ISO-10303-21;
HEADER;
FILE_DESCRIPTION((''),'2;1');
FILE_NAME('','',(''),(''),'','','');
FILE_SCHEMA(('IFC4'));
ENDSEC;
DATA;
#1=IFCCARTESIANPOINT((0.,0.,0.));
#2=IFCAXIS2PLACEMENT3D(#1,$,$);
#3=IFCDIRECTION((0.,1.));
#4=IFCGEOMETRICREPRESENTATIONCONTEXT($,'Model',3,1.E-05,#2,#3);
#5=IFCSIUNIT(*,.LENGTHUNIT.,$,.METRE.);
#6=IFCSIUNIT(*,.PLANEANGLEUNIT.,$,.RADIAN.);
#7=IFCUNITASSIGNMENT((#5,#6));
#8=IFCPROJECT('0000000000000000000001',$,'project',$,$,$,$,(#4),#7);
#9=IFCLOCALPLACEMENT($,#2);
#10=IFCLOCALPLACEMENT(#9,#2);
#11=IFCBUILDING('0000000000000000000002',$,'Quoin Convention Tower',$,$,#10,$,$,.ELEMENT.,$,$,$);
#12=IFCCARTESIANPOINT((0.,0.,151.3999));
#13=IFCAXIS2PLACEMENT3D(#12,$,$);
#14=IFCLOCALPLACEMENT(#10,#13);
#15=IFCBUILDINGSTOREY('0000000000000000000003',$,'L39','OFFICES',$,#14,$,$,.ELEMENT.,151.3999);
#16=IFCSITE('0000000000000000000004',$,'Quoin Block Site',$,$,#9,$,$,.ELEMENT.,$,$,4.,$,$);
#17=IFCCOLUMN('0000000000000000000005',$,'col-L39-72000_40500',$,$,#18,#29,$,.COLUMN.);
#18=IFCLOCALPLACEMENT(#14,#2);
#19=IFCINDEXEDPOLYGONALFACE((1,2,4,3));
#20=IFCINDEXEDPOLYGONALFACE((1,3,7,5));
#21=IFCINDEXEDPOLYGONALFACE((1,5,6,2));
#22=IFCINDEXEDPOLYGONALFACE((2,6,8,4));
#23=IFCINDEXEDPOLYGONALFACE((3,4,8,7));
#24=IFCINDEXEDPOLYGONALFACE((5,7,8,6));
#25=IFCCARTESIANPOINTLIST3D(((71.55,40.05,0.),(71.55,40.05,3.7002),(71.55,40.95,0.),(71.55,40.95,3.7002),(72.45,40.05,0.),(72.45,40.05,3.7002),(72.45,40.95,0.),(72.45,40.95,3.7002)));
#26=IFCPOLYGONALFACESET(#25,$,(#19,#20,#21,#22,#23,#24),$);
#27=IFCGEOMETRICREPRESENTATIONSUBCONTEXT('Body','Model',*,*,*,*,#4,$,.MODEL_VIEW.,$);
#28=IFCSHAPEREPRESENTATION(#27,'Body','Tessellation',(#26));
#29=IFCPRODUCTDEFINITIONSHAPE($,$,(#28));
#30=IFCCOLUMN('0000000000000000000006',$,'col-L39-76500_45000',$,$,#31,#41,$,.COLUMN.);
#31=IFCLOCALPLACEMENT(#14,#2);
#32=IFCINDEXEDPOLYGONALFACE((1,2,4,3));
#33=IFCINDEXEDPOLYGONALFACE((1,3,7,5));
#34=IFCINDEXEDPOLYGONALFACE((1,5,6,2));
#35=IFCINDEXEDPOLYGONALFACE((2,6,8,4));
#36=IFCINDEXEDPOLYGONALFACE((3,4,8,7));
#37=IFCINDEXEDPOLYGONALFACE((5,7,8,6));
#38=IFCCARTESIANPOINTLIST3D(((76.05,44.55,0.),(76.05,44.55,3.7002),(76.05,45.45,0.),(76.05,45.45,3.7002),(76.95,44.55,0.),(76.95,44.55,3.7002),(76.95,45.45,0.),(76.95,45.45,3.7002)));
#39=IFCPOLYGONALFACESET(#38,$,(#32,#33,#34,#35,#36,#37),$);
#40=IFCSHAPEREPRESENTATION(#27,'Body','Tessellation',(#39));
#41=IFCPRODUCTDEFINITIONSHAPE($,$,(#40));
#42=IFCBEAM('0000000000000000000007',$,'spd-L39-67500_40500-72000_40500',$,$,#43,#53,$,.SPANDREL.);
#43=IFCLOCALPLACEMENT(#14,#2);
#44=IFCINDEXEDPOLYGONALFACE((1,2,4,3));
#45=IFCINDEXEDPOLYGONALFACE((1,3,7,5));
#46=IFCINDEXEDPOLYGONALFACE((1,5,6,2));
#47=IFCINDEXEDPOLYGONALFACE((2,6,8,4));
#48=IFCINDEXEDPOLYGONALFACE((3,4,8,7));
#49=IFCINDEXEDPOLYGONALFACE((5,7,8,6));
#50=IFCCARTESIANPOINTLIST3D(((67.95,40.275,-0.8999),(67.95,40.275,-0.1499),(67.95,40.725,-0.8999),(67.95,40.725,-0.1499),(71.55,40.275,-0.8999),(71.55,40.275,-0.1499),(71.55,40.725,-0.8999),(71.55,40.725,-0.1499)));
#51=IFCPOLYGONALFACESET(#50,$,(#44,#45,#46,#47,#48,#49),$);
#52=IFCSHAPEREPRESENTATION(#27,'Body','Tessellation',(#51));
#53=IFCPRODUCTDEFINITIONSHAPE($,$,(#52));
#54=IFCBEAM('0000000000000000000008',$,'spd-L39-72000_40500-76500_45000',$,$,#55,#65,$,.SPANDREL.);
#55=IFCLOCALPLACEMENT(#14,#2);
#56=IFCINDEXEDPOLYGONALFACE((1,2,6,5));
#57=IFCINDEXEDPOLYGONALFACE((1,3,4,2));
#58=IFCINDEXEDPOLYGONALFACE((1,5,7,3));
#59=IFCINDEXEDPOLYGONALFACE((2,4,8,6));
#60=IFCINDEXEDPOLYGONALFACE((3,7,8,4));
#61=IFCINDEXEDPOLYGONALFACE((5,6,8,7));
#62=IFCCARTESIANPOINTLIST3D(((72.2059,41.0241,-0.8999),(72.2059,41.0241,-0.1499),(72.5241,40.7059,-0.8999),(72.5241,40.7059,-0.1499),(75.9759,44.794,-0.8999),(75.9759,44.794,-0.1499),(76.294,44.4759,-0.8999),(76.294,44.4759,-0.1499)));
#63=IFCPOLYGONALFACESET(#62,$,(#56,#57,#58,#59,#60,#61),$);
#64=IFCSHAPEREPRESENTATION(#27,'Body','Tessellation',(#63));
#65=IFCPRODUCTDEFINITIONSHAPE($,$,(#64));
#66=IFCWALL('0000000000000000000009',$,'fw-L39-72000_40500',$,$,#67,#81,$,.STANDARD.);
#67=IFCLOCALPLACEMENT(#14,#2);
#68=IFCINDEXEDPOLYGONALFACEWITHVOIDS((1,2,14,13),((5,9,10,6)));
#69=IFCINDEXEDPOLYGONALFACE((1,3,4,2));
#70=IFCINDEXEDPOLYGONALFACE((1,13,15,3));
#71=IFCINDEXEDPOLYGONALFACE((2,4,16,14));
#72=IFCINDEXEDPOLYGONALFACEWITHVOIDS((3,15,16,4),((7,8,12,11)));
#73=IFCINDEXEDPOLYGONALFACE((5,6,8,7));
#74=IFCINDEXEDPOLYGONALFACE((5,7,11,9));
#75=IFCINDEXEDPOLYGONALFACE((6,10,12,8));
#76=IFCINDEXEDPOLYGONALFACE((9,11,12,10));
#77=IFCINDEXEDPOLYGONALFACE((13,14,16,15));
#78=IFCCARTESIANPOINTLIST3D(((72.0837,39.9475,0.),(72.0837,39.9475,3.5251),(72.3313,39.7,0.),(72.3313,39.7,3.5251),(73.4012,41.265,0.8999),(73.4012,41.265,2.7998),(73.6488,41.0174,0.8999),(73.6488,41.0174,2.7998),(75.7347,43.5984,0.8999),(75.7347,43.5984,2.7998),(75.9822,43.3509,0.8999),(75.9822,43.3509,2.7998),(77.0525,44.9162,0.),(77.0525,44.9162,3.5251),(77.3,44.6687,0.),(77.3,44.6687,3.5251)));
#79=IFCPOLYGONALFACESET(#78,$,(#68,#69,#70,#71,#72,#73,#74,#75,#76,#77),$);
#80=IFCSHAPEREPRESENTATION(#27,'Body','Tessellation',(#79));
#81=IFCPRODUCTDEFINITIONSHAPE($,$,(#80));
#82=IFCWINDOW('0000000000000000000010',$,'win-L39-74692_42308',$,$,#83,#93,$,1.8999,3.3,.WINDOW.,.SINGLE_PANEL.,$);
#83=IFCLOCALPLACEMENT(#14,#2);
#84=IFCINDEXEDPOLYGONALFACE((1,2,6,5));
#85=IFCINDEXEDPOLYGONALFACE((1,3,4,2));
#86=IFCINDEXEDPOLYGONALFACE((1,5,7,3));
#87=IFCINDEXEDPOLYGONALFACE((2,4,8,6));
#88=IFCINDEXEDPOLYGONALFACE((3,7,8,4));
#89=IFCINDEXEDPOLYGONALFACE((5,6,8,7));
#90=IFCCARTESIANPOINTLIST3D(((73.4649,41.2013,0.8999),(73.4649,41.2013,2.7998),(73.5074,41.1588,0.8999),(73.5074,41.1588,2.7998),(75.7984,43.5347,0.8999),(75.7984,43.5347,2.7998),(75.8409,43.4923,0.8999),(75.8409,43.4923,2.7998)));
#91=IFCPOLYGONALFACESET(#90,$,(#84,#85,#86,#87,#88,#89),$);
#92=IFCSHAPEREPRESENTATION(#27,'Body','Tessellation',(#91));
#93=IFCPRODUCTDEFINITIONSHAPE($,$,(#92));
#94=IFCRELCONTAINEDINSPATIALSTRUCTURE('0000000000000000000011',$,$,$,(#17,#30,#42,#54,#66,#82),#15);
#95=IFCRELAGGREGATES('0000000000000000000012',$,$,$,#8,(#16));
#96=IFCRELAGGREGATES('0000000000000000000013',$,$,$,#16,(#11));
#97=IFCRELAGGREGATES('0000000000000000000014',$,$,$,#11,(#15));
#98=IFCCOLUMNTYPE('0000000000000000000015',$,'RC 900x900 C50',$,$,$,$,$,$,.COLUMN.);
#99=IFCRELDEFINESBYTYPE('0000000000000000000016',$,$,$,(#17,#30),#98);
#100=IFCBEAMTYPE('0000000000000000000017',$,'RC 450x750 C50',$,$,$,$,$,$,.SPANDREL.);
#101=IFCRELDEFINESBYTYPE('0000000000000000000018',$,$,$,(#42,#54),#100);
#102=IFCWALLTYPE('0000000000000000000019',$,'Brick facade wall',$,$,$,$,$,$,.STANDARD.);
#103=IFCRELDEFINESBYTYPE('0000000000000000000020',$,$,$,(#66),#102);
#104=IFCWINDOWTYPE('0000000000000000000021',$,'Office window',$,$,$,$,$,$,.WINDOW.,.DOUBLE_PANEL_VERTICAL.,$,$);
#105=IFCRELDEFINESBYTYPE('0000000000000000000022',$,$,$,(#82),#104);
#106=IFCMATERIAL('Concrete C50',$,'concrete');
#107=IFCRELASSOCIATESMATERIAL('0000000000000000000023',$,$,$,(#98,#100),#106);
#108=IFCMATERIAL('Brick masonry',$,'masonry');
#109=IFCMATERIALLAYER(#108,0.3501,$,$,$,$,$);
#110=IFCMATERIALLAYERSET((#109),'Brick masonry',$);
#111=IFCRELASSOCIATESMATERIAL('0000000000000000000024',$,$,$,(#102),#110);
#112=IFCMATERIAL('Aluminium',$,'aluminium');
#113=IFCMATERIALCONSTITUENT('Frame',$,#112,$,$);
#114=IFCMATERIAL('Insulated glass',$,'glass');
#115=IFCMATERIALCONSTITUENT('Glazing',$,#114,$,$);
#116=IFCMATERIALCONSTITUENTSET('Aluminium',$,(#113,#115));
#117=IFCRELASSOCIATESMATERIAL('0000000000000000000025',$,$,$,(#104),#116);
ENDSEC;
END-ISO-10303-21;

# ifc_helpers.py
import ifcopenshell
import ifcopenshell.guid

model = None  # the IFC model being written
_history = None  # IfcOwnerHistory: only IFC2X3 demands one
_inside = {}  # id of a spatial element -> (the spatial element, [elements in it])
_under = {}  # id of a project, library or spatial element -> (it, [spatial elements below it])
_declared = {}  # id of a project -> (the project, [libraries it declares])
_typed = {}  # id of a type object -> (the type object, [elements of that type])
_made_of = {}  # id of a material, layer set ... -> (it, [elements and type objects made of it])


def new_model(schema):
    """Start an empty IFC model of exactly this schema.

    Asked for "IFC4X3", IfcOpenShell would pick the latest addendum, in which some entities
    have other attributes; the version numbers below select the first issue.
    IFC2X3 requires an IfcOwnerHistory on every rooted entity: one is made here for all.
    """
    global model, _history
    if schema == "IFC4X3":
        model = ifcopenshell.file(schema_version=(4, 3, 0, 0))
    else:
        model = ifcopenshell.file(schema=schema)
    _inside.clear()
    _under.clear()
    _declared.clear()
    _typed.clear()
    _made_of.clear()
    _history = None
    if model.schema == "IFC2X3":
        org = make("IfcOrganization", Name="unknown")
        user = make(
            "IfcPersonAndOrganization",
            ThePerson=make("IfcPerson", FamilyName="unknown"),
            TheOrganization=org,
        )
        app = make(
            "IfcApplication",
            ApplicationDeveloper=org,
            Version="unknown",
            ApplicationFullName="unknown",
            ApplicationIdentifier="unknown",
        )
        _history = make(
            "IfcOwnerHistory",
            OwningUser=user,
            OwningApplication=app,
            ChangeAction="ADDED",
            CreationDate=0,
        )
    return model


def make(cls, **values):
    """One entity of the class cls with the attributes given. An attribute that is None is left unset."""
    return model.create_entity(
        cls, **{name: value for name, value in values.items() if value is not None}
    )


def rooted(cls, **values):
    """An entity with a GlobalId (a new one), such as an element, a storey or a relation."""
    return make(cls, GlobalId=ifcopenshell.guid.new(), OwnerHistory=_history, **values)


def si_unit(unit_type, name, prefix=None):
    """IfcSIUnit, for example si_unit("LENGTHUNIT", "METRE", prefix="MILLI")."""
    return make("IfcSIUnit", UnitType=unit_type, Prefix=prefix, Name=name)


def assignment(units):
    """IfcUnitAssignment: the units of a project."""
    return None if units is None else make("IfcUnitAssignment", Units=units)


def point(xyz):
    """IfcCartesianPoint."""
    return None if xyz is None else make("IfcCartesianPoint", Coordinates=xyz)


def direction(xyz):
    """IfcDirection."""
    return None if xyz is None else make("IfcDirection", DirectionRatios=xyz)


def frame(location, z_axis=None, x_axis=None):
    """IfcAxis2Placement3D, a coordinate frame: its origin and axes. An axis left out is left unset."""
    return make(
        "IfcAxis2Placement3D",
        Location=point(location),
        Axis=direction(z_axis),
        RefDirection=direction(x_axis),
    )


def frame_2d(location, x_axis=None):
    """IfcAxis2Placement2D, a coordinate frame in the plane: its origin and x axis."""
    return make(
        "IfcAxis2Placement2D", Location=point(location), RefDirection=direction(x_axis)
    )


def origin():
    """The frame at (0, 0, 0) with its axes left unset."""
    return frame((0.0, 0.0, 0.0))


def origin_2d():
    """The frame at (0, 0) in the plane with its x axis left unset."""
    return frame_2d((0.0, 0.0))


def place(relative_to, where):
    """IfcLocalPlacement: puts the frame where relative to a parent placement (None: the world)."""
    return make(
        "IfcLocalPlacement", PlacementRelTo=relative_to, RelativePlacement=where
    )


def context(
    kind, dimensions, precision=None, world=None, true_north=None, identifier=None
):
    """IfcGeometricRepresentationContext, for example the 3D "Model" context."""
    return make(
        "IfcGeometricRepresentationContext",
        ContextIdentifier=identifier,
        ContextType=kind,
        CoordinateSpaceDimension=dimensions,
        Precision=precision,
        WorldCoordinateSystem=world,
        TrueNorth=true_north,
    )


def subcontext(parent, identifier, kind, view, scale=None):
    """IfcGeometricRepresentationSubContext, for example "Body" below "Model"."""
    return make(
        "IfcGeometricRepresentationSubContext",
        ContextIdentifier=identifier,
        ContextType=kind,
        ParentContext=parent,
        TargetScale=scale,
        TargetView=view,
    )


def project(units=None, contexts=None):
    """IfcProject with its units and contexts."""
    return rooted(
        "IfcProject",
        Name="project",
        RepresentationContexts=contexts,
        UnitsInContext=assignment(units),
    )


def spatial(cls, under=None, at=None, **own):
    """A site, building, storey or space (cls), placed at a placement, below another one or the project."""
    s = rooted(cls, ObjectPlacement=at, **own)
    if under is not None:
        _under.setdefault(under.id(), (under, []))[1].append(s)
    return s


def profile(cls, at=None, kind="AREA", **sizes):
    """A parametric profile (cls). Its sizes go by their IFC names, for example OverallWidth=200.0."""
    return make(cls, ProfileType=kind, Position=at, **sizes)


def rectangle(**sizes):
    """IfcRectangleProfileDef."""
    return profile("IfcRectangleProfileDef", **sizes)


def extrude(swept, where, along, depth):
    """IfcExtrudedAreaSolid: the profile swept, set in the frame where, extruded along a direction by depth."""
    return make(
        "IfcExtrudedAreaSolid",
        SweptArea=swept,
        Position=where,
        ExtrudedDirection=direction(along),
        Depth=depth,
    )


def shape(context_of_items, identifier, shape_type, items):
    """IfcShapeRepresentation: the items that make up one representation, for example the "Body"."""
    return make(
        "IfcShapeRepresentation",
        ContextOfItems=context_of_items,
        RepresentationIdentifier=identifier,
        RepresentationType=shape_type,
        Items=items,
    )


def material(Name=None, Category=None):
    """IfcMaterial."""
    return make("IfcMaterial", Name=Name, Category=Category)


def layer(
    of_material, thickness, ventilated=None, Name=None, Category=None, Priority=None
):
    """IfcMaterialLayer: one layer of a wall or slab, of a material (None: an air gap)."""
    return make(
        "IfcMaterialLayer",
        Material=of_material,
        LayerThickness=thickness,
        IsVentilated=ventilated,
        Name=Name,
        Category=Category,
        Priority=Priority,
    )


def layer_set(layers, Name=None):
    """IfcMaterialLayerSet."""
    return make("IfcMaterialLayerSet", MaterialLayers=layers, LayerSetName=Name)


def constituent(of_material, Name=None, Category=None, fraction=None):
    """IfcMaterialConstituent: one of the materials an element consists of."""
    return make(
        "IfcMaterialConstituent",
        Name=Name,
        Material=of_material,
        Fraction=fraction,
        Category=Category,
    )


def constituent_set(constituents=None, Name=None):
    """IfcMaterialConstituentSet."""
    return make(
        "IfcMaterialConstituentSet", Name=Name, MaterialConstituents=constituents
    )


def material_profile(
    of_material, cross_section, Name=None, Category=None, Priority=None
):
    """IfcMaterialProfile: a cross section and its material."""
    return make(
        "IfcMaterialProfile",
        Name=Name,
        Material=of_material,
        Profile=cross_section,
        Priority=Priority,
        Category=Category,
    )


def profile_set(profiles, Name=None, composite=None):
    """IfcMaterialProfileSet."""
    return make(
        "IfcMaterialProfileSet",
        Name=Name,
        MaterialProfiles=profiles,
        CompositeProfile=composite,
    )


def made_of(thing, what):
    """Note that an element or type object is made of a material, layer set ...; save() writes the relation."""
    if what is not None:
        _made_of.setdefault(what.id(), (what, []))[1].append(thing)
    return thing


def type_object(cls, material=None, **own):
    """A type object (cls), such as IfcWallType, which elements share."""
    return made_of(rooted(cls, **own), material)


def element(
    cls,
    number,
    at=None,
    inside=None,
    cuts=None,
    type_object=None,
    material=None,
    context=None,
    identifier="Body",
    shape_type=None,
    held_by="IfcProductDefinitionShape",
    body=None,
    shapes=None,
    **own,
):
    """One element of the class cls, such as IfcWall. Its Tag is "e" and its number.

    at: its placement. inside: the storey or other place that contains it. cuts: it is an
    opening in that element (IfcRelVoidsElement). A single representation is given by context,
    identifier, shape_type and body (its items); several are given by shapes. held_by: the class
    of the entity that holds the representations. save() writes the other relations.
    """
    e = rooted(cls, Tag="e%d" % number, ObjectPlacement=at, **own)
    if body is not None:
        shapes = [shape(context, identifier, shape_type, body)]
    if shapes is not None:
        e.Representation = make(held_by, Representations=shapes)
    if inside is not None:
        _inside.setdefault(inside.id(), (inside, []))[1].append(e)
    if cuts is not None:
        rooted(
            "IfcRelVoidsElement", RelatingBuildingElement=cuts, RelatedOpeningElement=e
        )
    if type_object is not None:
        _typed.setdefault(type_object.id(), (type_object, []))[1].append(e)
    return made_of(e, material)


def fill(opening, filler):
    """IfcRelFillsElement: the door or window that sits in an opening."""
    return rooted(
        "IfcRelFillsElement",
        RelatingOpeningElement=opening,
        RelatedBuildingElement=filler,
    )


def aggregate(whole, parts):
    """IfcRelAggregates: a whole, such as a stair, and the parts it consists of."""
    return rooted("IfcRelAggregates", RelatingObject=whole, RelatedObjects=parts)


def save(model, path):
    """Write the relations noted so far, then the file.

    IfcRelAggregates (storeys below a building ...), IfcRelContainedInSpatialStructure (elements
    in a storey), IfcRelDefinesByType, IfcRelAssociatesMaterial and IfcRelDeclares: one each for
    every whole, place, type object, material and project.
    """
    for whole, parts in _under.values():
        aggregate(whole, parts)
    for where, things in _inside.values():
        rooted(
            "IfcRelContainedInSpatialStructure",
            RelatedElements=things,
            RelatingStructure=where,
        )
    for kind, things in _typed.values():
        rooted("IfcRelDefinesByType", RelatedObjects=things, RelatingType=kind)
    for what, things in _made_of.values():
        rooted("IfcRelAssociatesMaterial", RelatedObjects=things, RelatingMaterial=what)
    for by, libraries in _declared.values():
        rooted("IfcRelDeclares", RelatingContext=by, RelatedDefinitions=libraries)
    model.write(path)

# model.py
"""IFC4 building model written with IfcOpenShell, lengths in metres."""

from ifc_helpers import new_model, si_unit, direction, frame, frame_2d, origin, origin_2d, place, context, subcontext, project, spatial, rectangle, extrude, material, layer, layer_set, constituent, constituent_set, material_profile, profile_set, type_object, element, fill, save


model = new_model("IFC4")

# Units and contexts
model_context = context("Model", 3, precision=1e-05, world=origin(), true_north=direction((0.0, 1.0)))
body_context = subcontext(model_context, "Body", "Model", "MODEL_VIEW")
ifc_project = project(units=[si_unit("LENGTHUNIT", "METRE"), si_unit("PLANEANGLEUNIT", "RADIAN")], contexts=[model_context])

# Site, building, storey
site_placement = place(None, origin())
site = spatial("IfcSite", under=ifc_project, at=site_placement, Name="Quoin Block Site", CompositionType="ELEMENT", RefElevation=4.0)
building_placement = place(site_placement, origin())
building = spatial("IfcBuilding", under=site, at=building_placement, Name="Quoin Convention Tower", CompositionType="ELEMENT")
storey_placement = place(building_placement, frame((0.0, 0.0, 151.3999)))
storey = spatial("IfcBuildingStorey", under=building, at=storey_placement, Name="L39", Description="OFFICES", CompositionType="ELEMENT", Elevation=151.3999)

# Columns
ifc_material_1 = material(Name="Concrete C50", Category="concrete")
ifc_material_profile_1 = material_profile(ifc_material_1, rectangle(XDim=0.8999, YDim=0.8999, at=origin_2d()), Name="RC 900x900")
ifc_profile_set_1 = profile_set([ifc_material_profile_1], Name="Concrete C50")
column_type = type_object("IfcColumnType", Name="RC 900x900 C50", PredefinedType="COLUMN", material=ifc_profile_set_1)
for number, where, z_axis, x_axis, name in (
    (1, (72.0, 40.5, 0.0), (0.0, 0.0, 1.0), (1.0, 0.0, 0.0), "col-L39-72000_40500"),
    (2, (76.5, 45.0, 0.0), (0.0, 0.0, 1.0), (1.0, 0.0, 0.0), "col-L39-76500_45000"),
):
    element("IfcColumn", number, at=place(storey_placement, frame(where, z_axis=z_axis, x_axis=x_axis)), inside=storey, type_object=column_type, Name=name, PredefinedType="COLUMN", context=body_context, shape_type="SweptSolid", body=[
        extrude(rectangle(XDim=0.8999, YDim=0.8999, at=origin_2d()), origin(), (0.0, 0.0, 1.0), 3.7002),
    ])

# Beams
ifc_material_profile_2 = material_profile(ifc_material_1, rectangle(XDim=0.45, YDim=0.75, at=origin_2d()), Name="RC 450x750")
ifc_profile_set_2 = profile_set([ifc_material_profile_2], Name="Concrete C50")
beam_type = type_object("IfcBeamType", Name="RC 450x750 C50", PredefinedType="SPANDREL", material=ifc_profile_set_2)
beam_1_placement = place(storey_placement, frame((67.95, 40.5, -0.5249), z_axis=(1.0, 0.0, 0.0), x_axis=(0.0, 1.0, 0.0)))
element("IfcBeam", 3, at=beam_1_placement, inside=storey, type_object=beam_type, Name="spd-L39-67500_40500-72000_40500", PredefinedType="SPANDREL", context=body_context, shape_type="SweptSolid", body=[
    extrude(rectangle(XDim=0.45, YDim=0.75, at=origin_2d()), origin(), (0.0, 0.0, 1.0), 3.6001),
])
beam_2_placement = place(storey_placement, frame((72.365, 40.865, -0.5249), z_axis=(0.707107, 0.707107, 0.0), x_axis=(-0.707107, 0.707107, 0.0)))
element("IfcBeam", 4, at=beam_2_placement, inside=storey, type_object=beam_type, Name="spd-L39-72000_40500-76500_45000", PredefinedType="SPANDREL", context=body_context, shape_type="SweptSolid", body=[
    extrude(rectangle(XDim=0.45, YDim=0.75, at=origin_2d()), origin(), (0.0, 0.0, 1.0), 5.3315),
])

# Wall, opening, window
ifc_material_2 = material(Name="Brick masonry", Category="masonry")
ifc_layer_1 = layer(ifc_material_2, 0.3501)
ifc_layer_set_1 = layer_set([ifc_layer_1], Name="Brick masonry")
wall_type_1 = type_object("IfcWallType", Name="Brick facade wall", PredefinedType="STANDARD", material=ifc_layer_set_1)
wall_1_placement = place(storey_placement, frame((72.2075, 39.8237, 0.0), z_axis=(0.0, 0.0, 1.0), x_axis=(0.707107, 0.707107, 0.0)))
wall_1 = element("IfcWall", 5, at=wall_1_placement, inside=storey, type_object=wall_type_1, Name="fw-L39-72000_40500", PredefinedType="STANDARD", context=body_context, shape_type="SweptSolid", body=[
    extrude(rectangle(XDim=7.0269, YDim=0.3501, at=frame_2d((3.5134, 0.0))), origin(), (0.0, 0.0, 1.0), 3.5251),
])
opening_1_placement = place(wall_1_placement, frame((1.8633, 0.0, 0.8999)))
opening_1 = element("IfcOpeningElement", 6, at=opening_1_placement, cuts=wall_1, PredefinedType="OPENING", context=body_context, shape_type="SweptSolid", body=[
    extrude(rectangle(XDim=3.3, YDim=1.8999, at=frame_2d((1.6499, 0.95))), frame((0.0, 0.1851, 0.0), z_axis=(0.0, -1.0, 0.0), x_axis=(1.0, 0.0, 0.0)), (0.0, 0.0, 1.0), 0.3701),
])
ifc_material_3 = material(Name="Aluminium", Category="aluminium")
ifc_constituent_1 = constituent(ifc_material_3, Name="Frame")
ifc_material_4 = material(Name="Insulated glass", Category="glass")
ifc_constituent_2 = constituent(ifc_material_4, Name="Glazing")
ifc_constituent_set = constituent_set(constituents=[ifc_constituent_1, ifc_constituent_2], Name="Aluminium")
window_type = type_object("IfcWindowType", Name="Office window", PartitioningType="DOUBLE_PANEL_VERTICAL", PredefinedType="WINDOW", material=ifc_constituent_set)
window_1_placement = place(opening_1_placement, origin())
window_1 = element("IfcWindow", 7, at=window_1_placement, inside=storey, type_object=window_type, Name="win-L39-74692_42308", OverallHeight=1.8999, OverallWidth=3.3, PartitioningType="SINGLE_PANEL", PredefinedType="WINDOW", context=body_context, shape_type="SweptSolid", body=[
    extrude(rectangle(XDim=3.3, YDim=1.8999, at=frame_2d((1.6499, 0.95))), frame((0.0, 0.085, 0.0), z_axis=(0.0, -1.0, 0.0), x_axis=(1.0, 0.0, 0.0)), (0.0, 0.0, 1.0), 0.0601),
])
fill(opening_1, window_1)

save(model, "model.ifc")
